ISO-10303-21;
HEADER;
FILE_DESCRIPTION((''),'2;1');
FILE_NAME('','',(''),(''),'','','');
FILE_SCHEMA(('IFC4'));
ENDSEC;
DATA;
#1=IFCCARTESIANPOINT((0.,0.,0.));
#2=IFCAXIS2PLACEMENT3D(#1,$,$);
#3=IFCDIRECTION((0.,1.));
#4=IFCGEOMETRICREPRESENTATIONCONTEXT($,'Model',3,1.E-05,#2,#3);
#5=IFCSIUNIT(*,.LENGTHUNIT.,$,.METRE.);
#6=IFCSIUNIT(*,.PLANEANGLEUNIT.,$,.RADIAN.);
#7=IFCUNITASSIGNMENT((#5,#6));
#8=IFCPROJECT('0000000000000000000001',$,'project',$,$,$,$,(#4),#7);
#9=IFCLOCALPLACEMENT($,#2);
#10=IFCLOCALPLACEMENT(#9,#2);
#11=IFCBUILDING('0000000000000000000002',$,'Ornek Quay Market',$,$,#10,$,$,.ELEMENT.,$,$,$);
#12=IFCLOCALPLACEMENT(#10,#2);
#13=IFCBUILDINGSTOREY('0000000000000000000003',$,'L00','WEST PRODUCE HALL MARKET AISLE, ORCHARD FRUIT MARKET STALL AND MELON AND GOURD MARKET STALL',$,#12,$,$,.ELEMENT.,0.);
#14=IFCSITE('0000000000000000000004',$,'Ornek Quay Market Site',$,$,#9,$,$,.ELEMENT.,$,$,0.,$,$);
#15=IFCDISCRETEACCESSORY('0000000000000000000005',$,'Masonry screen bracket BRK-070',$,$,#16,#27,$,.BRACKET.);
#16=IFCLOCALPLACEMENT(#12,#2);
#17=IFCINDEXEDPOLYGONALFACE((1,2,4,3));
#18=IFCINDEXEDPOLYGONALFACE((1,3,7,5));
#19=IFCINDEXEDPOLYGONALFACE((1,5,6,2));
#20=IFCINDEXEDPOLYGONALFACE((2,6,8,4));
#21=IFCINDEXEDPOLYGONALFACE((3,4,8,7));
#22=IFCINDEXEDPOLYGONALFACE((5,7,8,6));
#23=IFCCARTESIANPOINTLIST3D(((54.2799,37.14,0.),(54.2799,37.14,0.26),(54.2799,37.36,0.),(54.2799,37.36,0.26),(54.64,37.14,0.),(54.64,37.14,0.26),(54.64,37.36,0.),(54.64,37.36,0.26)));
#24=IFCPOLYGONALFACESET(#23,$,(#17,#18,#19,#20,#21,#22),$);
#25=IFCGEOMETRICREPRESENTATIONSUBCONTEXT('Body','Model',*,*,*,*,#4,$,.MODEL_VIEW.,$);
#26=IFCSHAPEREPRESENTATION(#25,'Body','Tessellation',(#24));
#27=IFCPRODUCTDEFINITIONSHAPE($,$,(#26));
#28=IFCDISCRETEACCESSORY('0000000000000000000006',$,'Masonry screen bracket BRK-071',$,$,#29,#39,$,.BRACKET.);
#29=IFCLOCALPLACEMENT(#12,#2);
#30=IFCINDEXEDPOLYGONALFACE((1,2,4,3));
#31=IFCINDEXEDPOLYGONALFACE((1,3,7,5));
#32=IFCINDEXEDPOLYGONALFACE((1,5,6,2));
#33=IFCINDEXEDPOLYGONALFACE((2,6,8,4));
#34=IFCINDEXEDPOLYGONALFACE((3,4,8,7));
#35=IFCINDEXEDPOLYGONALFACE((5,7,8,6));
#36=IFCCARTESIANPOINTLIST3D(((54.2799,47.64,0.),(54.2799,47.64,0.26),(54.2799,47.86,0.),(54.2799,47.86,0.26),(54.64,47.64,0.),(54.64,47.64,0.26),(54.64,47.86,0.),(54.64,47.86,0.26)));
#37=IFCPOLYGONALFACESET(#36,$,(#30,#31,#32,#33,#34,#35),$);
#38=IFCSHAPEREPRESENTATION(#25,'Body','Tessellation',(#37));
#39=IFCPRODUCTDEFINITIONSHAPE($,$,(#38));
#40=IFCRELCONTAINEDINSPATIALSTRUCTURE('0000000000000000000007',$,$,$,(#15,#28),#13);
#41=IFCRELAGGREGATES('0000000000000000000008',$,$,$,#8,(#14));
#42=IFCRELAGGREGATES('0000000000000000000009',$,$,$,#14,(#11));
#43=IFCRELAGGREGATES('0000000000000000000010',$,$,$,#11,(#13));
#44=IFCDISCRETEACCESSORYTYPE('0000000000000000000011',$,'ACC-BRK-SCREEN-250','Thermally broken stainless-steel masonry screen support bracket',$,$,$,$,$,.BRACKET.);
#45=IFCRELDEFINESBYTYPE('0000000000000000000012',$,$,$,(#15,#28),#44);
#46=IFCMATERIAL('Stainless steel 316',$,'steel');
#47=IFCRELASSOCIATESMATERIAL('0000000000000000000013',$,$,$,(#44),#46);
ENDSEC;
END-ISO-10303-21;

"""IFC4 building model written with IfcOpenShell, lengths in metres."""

from ifc_helpers import new_model, si_unit, direction, frame, origin, origin_2d, place, context, subcontext, project, spatial, rectangle, extrude, material, type_object, element, save


model = new_model("IFC4")

# Units and contexts
model_context = context("Model", 3, precision=1e-05, world=origin(), true_north=direction((0.0, 1.0)))
body_context = subcontext(model_context, "Body", "Model", "MODEL_VIEW")
ifc_project = project(units=[si_unit("LENGTHUNIT", "METRE"), si_unit("PLANEANGLEUNIT", "RADIAN")], contexts=[model_context])

# Site, building, storey
site_placement = place(None, origin())
site = spatial("IfcSite", under=ifc_project, at=site_placement, Name="Ornek Quay Market Site", CompositionType="ELEMENT", RefElevation=0.0)
building_placement = place(site_placement, origin())
building = spatial("IfcBuilding", under=site, at=building_placement, Name="Ornek Quay Market", CompositionType="ELEMENT")
storey_placement = place(building_placement, origin())
storey = spatial("IfcBuildingStorey", under=building, at=storey_placement, Name="L00", Description="WEST PRODUCE HALL MARKET AISLE, ORCHARD FRUIT MARKET STALL AND MELON AND GOURD MARKET STALL", CompositionType="ELEMENT", Elevation=0.0)

# Discrete accessories
ifc_material_1 = material(Name="Stainless steel 316", Category="steel")
discrete_accessory_type = type_object("IfcDiscreteAccessoryType", Name="ACC-BRK-SCREEN-250", Description="Thermally broken stainless-steel masonry screen support bracket", PredefinedType="BRACKET", material=ifc_material_1)
for number, where, z_axis, x_axis, name in (
    (1, (54.46, 37.25, 0.0), (0.0, 0.0, 1.0), (0.0, 1.0, 0.0), "Masonry screen bracket BRK-070"),
    (2, (54.46, 47.75, 0.0), (0.0, 0.0, 1.0), (0.0, 1.0, 0.0), "Masonry screen bracket BRK-071"),
):
    element("IfcDiscreteAccessory", number, at=place(storey_placement, frame(where, z_axis=z_axis, x_axis=x_axis)), inside=storey, type_object=discrete_accessory_type, Name=name, PredefinedType="BRACKET", context=body_context, shape_type="SweptSolid", body=[
        extrude(rectangle(XDim=0.22, YDim=0.3601, at=origin_2d()), origin(), (0.0, 0.0, 1.0), 0.26),
    ])

save(model, "model.ifc")
